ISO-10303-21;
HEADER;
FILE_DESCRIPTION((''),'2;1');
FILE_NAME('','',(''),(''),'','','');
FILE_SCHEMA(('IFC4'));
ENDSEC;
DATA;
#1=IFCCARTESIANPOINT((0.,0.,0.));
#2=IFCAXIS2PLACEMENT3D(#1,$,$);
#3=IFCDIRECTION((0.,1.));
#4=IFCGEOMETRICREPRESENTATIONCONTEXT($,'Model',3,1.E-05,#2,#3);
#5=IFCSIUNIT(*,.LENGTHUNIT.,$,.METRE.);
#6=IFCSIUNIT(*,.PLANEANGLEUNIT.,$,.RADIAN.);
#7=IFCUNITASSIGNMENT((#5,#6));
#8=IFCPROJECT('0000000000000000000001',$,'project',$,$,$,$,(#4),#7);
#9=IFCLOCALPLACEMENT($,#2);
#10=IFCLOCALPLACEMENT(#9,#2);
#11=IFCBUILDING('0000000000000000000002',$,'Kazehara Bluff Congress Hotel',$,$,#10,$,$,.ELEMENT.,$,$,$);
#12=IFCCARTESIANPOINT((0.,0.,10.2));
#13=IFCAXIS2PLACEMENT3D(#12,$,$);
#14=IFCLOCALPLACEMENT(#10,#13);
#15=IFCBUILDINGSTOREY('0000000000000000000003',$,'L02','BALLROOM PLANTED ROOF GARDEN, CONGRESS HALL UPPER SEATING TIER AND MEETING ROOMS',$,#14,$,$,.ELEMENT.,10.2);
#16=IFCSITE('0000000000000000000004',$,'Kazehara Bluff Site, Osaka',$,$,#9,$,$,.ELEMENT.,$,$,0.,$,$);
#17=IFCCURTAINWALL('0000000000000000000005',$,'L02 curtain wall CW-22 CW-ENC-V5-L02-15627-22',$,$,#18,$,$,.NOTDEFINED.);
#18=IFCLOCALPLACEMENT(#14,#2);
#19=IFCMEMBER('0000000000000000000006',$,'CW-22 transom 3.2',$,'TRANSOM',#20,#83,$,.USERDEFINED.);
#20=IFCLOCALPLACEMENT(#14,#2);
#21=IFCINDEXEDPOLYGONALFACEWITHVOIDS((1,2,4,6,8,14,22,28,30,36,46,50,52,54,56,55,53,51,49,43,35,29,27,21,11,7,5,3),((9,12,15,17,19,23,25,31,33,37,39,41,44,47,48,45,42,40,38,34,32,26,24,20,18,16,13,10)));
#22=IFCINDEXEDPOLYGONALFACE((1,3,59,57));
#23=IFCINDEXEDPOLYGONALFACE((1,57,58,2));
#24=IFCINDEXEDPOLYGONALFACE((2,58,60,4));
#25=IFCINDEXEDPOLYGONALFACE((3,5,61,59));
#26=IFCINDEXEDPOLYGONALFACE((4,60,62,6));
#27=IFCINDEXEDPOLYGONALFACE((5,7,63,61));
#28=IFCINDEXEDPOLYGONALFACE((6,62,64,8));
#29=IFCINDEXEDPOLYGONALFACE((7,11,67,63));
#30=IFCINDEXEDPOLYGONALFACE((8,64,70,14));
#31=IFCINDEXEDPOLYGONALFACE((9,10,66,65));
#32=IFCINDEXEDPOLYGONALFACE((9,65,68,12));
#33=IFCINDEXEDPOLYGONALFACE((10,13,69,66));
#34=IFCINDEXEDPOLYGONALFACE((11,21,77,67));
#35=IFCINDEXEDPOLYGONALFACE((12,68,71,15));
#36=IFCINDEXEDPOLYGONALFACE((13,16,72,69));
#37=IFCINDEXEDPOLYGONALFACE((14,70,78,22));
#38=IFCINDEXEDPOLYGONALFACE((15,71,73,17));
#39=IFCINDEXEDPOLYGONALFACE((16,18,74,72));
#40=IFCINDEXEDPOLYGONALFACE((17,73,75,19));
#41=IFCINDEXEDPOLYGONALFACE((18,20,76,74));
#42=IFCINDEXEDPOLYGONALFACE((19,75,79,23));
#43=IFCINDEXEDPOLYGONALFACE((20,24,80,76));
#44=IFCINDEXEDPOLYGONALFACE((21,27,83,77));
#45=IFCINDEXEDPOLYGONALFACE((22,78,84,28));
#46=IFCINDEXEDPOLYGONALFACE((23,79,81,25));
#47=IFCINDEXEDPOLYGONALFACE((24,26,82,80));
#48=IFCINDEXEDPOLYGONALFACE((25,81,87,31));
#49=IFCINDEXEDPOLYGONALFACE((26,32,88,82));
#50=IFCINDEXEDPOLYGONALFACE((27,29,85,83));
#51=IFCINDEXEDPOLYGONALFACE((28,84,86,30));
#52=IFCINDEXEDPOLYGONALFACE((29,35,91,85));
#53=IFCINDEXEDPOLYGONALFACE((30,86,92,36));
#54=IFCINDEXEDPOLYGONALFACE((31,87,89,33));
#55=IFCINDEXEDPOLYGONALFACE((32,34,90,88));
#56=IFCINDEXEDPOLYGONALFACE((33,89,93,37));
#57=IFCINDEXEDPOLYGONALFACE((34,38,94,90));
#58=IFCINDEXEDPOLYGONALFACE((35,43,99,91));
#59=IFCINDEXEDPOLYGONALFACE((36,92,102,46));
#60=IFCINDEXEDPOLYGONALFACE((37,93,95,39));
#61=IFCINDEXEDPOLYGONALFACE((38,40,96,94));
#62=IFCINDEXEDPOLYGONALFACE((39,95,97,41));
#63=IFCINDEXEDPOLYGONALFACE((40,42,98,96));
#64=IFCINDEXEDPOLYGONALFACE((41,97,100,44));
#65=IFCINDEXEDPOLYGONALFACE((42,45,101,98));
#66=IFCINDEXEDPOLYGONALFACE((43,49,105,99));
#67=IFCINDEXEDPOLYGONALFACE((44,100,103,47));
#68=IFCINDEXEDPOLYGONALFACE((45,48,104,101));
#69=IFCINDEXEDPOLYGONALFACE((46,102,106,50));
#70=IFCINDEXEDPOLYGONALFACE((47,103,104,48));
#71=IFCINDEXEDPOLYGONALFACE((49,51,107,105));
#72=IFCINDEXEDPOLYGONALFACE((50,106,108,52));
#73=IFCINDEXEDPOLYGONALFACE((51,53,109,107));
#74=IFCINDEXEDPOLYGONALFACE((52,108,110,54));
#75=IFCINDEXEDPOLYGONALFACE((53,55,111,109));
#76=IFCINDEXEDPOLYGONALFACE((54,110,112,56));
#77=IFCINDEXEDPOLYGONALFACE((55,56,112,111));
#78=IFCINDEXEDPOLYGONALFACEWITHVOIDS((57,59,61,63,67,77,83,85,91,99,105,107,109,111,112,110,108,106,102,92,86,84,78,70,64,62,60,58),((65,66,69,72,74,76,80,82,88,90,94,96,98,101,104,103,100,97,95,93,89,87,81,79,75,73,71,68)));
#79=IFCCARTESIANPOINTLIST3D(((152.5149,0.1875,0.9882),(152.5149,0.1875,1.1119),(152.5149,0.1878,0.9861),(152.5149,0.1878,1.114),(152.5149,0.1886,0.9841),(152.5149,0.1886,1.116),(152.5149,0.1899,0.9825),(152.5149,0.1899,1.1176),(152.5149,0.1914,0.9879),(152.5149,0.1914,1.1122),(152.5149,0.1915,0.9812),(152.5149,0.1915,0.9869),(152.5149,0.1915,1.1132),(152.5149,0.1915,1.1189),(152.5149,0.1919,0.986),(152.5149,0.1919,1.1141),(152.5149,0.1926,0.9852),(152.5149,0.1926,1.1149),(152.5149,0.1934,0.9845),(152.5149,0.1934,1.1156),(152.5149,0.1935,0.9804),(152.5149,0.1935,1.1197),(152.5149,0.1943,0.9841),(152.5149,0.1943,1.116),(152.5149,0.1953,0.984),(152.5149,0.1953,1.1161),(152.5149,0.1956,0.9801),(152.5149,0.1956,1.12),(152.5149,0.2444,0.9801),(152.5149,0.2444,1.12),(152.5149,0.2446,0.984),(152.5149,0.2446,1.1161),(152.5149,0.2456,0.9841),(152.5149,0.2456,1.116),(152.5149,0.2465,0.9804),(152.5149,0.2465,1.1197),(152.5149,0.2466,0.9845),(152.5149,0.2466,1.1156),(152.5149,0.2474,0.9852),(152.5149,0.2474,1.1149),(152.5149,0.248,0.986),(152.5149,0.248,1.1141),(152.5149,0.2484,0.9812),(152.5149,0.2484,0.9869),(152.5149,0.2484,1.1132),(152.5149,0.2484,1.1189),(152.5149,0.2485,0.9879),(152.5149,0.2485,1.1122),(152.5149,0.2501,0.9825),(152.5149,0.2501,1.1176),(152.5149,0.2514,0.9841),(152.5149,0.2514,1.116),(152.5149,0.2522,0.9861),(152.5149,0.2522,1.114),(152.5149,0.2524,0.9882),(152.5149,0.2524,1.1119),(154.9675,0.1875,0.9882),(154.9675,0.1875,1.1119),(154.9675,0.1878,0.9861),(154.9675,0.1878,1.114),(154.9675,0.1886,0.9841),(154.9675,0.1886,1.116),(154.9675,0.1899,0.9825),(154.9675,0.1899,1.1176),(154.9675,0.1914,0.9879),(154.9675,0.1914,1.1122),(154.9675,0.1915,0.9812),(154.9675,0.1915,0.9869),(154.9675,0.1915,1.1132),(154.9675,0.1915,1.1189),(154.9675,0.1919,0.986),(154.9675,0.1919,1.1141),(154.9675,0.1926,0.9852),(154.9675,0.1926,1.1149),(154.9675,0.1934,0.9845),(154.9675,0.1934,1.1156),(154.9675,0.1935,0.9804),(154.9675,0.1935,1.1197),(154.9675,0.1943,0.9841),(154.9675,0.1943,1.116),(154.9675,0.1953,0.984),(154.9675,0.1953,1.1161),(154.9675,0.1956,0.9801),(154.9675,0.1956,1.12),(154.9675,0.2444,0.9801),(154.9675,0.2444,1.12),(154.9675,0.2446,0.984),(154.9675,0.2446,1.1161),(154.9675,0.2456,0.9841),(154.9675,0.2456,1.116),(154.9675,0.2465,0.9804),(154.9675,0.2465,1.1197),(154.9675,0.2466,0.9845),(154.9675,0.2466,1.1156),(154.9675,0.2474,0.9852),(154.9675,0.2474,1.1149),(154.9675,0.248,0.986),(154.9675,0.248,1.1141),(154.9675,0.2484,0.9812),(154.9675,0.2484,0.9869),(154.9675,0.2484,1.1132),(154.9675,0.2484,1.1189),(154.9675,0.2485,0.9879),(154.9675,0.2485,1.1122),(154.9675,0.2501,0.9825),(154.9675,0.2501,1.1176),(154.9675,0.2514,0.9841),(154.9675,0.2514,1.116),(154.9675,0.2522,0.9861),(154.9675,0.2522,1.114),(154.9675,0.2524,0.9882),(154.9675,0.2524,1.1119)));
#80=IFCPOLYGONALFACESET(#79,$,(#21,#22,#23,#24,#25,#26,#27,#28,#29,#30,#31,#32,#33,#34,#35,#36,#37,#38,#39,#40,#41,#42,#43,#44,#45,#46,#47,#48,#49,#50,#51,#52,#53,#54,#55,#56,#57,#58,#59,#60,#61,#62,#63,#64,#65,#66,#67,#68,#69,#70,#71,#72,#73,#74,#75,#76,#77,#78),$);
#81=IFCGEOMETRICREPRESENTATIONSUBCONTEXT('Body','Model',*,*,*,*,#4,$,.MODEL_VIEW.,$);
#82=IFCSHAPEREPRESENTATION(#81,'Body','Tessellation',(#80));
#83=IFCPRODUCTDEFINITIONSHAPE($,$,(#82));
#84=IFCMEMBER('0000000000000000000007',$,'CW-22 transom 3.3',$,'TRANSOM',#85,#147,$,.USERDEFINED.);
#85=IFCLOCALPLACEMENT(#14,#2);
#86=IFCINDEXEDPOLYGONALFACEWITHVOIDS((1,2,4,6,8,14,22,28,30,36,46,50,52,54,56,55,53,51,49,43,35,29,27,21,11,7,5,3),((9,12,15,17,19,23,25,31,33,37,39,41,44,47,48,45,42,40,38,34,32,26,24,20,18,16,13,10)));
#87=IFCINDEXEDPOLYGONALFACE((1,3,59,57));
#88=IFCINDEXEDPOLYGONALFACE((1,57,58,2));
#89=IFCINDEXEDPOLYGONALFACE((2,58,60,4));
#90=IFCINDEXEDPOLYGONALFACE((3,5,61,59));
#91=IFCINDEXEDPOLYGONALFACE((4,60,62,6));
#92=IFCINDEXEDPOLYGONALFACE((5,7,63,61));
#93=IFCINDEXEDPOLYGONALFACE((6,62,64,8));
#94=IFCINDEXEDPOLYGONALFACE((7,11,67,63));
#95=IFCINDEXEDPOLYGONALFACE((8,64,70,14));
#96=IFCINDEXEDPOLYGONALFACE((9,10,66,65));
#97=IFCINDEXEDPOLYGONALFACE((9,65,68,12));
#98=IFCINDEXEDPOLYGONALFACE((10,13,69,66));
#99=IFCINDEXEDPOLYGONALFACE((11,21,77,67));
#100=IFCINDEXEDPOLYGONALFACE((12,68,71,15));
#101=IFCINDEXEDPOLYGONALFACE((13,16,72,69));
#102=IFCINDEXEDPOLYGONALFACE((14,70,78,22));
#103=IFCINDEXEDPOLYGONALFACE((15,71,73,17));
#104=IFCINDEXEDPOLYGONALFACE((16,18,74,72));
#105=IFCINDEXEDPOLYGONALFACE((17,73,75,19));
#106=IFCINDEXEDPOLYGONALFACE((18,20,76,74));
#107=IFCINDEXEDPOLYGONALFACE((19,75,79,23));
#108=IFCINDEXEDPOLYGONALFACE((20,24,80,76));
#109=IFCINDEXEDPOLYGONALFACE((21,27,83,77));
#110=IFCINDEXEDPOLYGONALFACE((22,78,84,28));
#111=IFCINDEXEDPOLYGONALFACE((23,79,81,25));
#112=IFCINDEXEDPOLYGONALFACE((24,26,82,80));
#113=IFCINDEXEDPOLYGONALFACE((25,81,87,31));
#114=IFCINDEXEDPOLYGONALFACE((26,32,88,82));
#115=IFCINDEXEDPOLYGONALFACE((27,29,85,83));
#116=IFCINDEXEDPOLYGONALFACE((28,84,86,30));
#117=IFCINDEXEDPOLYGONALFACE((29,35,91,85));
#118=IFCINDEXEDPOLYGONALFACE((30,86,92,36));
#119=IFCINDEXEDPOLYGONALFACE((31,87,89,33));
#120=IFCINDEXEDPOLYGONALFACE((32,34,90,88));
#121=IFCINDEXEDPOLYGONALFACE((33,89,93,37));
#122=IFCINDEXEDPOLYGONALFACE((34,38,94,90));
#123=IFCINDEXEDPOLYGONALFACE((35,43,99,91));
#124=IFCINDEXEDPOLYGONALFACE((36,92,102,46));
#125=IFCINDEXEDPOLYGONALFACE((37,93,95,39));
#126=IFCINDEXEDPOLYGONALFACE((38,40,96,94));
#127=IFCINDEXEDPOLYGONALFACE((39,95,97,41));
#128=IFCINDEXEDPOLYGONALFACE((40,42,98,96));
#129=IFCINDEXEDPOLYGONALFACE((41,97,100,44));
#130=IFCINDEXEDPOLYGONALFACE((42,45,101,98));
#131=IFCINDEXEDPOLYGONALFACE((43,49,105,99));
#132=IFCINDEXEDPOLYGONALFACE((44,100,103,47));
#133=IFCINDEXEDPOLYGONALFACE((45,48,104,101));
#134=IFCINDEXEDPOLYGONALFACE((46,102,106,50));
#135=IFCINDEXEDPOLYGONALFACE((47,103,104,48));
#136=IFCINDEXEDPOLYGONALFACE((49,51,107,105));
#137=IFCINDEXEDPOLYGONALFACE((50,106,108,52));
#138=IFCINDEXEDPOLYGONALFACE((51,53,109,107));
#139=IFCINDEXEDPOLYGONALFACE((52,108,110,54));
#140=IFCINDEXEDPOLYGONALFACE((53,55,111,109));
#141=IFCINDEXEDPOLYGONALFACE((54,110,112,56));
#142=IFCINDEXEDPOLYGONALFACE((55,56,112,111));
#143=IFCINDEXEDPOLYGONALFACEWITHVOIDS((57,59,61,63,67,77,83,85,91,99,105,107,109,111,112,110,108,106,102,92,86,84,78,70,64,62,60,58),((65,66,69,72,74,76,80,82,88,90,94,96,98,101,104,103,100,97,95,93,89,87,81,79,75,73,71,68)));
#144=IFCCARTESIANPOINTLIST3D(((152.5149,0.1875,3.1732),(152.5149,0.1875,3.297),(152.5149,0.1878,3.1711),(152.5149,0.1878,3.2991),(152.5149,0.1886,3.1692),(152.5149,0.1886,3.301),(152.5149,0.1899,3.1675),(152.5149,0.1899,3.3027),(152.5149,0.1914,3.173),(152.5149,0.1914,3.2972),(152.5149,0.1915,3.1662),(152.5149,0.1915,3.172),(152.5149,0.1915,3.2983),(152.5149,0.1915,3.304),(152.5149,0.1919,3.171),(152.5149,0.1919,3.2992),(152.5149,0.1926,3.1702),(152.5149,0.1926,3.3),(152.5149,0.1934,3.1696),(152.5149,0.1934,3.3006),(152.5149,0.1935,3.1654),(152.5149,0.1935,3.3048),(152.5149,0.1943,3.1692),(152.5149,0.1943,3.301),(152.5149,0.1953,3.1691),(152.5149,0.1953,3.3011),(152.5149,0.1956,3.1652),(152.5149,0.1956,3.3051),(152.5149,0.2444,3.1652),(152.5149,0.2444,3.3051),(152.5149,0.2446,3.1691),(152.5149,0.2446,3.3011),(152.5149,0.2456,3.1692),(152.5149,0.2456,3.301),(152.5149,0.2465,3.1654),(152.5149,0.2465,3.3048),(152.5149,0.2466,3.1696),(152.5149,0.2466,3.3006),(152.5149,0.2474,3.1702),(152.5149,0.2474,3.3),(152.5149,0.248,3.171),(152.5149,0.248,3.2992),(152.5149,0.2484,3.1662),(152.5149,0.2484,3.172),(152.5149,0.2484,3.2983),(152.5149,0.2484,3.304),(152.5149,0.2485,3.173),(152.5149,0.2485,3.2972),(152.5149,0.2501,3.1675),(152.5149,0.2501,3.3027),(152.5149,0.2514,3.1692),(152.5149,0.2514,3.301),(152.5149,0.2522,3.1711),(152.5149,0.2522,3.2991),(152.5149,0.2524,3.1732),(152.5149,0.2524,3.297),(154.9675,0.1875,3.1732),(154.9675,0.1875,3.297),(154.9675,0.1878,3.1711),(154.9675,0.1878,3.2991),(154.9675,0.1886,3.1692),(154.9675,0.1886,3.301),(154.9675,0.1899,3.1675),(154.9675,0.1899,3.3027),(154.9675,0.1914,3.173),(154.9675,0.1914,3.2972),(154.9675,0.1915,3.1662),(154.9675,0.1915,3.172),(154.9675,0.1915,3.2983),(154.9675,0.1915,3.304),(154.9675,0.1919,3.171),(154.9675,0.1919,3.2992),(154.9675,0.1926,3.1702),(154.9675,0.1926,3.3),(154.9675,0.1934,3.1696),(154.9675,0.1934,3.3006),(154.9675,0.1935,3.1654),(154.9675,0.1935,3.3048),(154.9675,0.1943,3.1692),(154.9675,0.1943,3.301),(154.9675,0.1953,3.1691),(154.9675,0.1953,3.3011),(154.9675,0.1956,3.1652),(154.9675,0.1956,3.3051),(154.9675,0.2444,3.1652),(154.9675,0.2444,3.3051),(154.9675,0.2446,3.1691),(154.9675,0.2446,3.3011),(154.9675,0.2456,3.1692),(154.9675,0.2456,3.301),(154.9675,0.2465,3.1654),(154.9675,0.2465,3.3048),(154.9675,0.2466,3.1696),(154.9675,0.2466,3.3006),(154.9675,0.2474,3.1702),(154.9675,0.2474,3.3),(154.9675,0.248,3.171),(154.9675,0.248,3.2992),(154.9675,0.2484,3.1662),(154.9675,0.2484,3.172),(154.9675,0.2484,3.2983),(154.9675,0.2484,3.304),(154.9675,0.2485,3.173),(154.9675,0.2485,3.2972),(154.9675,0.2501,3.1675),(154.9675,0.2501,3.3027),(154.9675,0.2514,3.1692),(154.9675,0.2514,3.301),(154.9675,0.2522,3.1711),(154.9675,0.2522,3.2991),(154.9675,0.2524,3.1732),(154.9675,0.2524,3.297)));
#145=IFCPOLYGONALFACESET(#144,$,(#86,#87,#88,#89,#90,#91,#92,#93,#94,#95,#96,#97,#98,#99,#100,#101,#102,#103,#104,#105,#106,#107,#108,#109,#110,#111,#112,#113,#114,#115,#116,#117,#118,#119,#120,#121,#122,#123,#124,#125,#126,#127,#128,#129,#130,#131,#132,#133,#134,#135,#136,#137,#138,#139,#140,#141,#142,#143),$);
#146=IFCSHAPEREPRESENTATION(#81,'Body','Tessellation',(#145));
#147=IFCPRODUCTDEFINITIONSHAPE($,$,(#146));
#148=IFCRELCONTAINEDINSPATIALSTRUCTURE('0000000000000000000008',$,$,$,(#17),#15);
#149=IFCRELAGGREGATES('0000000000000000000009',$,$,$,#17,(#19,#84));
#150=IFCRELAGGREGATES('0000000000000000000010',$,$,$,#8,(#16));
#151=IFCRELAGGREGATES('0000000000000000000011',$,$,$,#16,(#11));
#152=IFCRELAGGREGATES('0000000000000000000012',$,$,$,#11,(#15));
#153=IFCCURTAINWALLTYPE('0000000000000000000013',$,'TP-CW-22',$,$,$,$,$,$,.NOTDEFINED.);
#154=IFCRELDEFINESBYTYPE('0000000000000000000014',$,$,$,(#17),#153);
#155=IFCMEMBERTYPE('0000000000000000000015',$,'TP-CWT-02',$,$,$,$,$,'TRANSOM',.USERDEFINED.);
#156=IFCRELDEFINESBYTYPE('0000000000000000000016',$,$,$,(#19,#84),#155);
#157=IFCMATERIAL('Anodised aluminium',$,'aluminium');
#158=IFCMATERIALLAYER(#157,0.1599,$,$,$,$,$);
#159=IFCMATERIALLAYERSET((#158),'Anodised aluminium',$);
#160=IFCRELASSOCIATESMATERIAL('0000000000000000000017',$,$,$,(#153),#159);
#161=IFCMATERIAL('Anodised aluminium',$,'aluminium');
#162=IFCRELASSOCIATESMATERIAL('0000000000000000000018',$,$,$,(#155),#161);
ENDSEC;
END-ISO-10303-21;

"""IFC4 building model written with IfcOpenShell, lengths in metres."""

from ifc_helpers import new_model, si_unit, direction, frame, origin, origin_2d, place, context, subcontext, project, spatial, hollow_rectangle, extrude, material, layer, layer_set, material_profile, profile_set, type_object, element, aggregate, save


model = new_model("IFC4")

# Units and contexts
model_context = context("Model", 3, precision=1e-05, world=origin(), true_north=direction((0.0, 1.0)))
body_context = subcontext(model_context, "Body", "Model", "MODEL_VIEW")
ifc_project = project(units=[si_unit("LENGTHUNIT", "METRE"), si_unit("PLANEANGLEUNIT", "RADIAN")], contexts=[model_context])

# Site, building, storey
site_placement = place(None, origin())
site = spatial("IfcSite", under=ifc_project, at=site_placement, Name="Kazehara Bluff Site, Osaka", CompositionType="ELEMENT", RefElevation=0.0)
building_placement = place(site_placement, origin())
building = spatial("IfcBuilding", under=site, at=building_placement, Name="Kazehara Bluff Congress Hotel", CompositionType="ELEMENT")
storey_placement = place(building_placement, frame((0.0, 0.0, 10.2)))
storey = spatial("IfcBuildingStorey", under=building, at=storey_placement, Name="L02", Description="BALLROOM PLANTED ROOF GARDEN, CONGRESS HALL UPPER SEATING TIER AND MEETING ROOMS", CompositionType="ELEMENT", Elevation=10.2)

# Shared definitions
ifc_material_1 = material(Name="Anodised aluminium", Category="aluminium")
ifc_layer_1 = layer(ifc_material_1, 0.1599)
ifc_layer_set_1 = layer_set([ifc_layer_1], Name="Anodised aluminium")
curtain_wall_type = type_object("IfcCurtainWallType", Name="TP-CW-22", PredefinedType="NOTDEFINED", material=ifc_layer_set_1)

# Curtain wall
curtain_wall_1_placement = place(storey_placement, origin())
curtain_wall_1 = element("IfcCurtainWall", 1, at=curtain_wall_1_placement, inside=storey, type_object=curtain_wall_type, Name="L02 curtain wall CW-22 CW-ENC-V5-L02-15627-22", PredefinedType="NOTDEFINED")

# Members
ifc_material_2 = material(Name="Anodised aluminium", Category="aluminium")
ifc_material_profile_1 = material_profile(ifc_material_2, hollow_rectangle(XDim=0.0649, YDim=0.1399, WallThickness=0.0039, InnerFilletRadius=0.0039, OuterFilletRadius=0.0081, at=origin_2d()))
ifc_profile_set_1 = profile_set([ifc_material_profile_1], Name="Anodised aluminium")
member_type_1 = type_object("IfcMemberType", Name="TP-CWT-02", ElementType="TRANSOM", PredefinedType="USERDEFINED", material=ifc_profile_set_1)
member_1_placement = place(storey_placement, frame((154.9675, 0.22, 1.05), z_axis=(-1.0, 0.0, 0.0), x_axis=(0.0, -1.0, 0.0)))
member_1 = element("IfcMember", 2, at=member_1_placement, type_object=member_type_1, Name="CW-22 transom 3.2", ObjectType="TRANSOM", PredefinedType="USERDEFINED", context=body_context, shape_type="SweptSolid", body=[
    extrude(hollow_rectangle(XDim=0.0649, YDim=0.1399, WallThickness=0.0039, InnerFilletRadius=0.0039, OuterFilletRadius=0.0081, at=origin_2d()), origin(), (0.0, 0.0, 1.0), 2.4526),
])
member_2_placement = place(storey_placement, frame((154.9675, 0.22, 3.2351), z_axis=(-1.0, 0.0, 0.0), x_axis=(0.0, -1.0, 0.0)))
member_2 = element("IfcMember", 3, at=member_2_placement, type_object=member_type_1, Name="CW-22 transom 3.3", ObjectType="TRANSOM", PredefinedType="USERDEFINED", context=body_context, shape_type="SweptSolid", body=[
    extrude(hollow_rectangle(XDim=0.0649, YDim=0.1399, WallThickness=0.0039, InnerFilletRadius=0.0039, OuterFilletRadius=0.0081, at=origin_2d()), origin(), (0.0, 0.0, 1.0), 2.4526),
])

aggregate(curtain_wall_1, [member_1, member_2])

save(model, "model.ifc")
